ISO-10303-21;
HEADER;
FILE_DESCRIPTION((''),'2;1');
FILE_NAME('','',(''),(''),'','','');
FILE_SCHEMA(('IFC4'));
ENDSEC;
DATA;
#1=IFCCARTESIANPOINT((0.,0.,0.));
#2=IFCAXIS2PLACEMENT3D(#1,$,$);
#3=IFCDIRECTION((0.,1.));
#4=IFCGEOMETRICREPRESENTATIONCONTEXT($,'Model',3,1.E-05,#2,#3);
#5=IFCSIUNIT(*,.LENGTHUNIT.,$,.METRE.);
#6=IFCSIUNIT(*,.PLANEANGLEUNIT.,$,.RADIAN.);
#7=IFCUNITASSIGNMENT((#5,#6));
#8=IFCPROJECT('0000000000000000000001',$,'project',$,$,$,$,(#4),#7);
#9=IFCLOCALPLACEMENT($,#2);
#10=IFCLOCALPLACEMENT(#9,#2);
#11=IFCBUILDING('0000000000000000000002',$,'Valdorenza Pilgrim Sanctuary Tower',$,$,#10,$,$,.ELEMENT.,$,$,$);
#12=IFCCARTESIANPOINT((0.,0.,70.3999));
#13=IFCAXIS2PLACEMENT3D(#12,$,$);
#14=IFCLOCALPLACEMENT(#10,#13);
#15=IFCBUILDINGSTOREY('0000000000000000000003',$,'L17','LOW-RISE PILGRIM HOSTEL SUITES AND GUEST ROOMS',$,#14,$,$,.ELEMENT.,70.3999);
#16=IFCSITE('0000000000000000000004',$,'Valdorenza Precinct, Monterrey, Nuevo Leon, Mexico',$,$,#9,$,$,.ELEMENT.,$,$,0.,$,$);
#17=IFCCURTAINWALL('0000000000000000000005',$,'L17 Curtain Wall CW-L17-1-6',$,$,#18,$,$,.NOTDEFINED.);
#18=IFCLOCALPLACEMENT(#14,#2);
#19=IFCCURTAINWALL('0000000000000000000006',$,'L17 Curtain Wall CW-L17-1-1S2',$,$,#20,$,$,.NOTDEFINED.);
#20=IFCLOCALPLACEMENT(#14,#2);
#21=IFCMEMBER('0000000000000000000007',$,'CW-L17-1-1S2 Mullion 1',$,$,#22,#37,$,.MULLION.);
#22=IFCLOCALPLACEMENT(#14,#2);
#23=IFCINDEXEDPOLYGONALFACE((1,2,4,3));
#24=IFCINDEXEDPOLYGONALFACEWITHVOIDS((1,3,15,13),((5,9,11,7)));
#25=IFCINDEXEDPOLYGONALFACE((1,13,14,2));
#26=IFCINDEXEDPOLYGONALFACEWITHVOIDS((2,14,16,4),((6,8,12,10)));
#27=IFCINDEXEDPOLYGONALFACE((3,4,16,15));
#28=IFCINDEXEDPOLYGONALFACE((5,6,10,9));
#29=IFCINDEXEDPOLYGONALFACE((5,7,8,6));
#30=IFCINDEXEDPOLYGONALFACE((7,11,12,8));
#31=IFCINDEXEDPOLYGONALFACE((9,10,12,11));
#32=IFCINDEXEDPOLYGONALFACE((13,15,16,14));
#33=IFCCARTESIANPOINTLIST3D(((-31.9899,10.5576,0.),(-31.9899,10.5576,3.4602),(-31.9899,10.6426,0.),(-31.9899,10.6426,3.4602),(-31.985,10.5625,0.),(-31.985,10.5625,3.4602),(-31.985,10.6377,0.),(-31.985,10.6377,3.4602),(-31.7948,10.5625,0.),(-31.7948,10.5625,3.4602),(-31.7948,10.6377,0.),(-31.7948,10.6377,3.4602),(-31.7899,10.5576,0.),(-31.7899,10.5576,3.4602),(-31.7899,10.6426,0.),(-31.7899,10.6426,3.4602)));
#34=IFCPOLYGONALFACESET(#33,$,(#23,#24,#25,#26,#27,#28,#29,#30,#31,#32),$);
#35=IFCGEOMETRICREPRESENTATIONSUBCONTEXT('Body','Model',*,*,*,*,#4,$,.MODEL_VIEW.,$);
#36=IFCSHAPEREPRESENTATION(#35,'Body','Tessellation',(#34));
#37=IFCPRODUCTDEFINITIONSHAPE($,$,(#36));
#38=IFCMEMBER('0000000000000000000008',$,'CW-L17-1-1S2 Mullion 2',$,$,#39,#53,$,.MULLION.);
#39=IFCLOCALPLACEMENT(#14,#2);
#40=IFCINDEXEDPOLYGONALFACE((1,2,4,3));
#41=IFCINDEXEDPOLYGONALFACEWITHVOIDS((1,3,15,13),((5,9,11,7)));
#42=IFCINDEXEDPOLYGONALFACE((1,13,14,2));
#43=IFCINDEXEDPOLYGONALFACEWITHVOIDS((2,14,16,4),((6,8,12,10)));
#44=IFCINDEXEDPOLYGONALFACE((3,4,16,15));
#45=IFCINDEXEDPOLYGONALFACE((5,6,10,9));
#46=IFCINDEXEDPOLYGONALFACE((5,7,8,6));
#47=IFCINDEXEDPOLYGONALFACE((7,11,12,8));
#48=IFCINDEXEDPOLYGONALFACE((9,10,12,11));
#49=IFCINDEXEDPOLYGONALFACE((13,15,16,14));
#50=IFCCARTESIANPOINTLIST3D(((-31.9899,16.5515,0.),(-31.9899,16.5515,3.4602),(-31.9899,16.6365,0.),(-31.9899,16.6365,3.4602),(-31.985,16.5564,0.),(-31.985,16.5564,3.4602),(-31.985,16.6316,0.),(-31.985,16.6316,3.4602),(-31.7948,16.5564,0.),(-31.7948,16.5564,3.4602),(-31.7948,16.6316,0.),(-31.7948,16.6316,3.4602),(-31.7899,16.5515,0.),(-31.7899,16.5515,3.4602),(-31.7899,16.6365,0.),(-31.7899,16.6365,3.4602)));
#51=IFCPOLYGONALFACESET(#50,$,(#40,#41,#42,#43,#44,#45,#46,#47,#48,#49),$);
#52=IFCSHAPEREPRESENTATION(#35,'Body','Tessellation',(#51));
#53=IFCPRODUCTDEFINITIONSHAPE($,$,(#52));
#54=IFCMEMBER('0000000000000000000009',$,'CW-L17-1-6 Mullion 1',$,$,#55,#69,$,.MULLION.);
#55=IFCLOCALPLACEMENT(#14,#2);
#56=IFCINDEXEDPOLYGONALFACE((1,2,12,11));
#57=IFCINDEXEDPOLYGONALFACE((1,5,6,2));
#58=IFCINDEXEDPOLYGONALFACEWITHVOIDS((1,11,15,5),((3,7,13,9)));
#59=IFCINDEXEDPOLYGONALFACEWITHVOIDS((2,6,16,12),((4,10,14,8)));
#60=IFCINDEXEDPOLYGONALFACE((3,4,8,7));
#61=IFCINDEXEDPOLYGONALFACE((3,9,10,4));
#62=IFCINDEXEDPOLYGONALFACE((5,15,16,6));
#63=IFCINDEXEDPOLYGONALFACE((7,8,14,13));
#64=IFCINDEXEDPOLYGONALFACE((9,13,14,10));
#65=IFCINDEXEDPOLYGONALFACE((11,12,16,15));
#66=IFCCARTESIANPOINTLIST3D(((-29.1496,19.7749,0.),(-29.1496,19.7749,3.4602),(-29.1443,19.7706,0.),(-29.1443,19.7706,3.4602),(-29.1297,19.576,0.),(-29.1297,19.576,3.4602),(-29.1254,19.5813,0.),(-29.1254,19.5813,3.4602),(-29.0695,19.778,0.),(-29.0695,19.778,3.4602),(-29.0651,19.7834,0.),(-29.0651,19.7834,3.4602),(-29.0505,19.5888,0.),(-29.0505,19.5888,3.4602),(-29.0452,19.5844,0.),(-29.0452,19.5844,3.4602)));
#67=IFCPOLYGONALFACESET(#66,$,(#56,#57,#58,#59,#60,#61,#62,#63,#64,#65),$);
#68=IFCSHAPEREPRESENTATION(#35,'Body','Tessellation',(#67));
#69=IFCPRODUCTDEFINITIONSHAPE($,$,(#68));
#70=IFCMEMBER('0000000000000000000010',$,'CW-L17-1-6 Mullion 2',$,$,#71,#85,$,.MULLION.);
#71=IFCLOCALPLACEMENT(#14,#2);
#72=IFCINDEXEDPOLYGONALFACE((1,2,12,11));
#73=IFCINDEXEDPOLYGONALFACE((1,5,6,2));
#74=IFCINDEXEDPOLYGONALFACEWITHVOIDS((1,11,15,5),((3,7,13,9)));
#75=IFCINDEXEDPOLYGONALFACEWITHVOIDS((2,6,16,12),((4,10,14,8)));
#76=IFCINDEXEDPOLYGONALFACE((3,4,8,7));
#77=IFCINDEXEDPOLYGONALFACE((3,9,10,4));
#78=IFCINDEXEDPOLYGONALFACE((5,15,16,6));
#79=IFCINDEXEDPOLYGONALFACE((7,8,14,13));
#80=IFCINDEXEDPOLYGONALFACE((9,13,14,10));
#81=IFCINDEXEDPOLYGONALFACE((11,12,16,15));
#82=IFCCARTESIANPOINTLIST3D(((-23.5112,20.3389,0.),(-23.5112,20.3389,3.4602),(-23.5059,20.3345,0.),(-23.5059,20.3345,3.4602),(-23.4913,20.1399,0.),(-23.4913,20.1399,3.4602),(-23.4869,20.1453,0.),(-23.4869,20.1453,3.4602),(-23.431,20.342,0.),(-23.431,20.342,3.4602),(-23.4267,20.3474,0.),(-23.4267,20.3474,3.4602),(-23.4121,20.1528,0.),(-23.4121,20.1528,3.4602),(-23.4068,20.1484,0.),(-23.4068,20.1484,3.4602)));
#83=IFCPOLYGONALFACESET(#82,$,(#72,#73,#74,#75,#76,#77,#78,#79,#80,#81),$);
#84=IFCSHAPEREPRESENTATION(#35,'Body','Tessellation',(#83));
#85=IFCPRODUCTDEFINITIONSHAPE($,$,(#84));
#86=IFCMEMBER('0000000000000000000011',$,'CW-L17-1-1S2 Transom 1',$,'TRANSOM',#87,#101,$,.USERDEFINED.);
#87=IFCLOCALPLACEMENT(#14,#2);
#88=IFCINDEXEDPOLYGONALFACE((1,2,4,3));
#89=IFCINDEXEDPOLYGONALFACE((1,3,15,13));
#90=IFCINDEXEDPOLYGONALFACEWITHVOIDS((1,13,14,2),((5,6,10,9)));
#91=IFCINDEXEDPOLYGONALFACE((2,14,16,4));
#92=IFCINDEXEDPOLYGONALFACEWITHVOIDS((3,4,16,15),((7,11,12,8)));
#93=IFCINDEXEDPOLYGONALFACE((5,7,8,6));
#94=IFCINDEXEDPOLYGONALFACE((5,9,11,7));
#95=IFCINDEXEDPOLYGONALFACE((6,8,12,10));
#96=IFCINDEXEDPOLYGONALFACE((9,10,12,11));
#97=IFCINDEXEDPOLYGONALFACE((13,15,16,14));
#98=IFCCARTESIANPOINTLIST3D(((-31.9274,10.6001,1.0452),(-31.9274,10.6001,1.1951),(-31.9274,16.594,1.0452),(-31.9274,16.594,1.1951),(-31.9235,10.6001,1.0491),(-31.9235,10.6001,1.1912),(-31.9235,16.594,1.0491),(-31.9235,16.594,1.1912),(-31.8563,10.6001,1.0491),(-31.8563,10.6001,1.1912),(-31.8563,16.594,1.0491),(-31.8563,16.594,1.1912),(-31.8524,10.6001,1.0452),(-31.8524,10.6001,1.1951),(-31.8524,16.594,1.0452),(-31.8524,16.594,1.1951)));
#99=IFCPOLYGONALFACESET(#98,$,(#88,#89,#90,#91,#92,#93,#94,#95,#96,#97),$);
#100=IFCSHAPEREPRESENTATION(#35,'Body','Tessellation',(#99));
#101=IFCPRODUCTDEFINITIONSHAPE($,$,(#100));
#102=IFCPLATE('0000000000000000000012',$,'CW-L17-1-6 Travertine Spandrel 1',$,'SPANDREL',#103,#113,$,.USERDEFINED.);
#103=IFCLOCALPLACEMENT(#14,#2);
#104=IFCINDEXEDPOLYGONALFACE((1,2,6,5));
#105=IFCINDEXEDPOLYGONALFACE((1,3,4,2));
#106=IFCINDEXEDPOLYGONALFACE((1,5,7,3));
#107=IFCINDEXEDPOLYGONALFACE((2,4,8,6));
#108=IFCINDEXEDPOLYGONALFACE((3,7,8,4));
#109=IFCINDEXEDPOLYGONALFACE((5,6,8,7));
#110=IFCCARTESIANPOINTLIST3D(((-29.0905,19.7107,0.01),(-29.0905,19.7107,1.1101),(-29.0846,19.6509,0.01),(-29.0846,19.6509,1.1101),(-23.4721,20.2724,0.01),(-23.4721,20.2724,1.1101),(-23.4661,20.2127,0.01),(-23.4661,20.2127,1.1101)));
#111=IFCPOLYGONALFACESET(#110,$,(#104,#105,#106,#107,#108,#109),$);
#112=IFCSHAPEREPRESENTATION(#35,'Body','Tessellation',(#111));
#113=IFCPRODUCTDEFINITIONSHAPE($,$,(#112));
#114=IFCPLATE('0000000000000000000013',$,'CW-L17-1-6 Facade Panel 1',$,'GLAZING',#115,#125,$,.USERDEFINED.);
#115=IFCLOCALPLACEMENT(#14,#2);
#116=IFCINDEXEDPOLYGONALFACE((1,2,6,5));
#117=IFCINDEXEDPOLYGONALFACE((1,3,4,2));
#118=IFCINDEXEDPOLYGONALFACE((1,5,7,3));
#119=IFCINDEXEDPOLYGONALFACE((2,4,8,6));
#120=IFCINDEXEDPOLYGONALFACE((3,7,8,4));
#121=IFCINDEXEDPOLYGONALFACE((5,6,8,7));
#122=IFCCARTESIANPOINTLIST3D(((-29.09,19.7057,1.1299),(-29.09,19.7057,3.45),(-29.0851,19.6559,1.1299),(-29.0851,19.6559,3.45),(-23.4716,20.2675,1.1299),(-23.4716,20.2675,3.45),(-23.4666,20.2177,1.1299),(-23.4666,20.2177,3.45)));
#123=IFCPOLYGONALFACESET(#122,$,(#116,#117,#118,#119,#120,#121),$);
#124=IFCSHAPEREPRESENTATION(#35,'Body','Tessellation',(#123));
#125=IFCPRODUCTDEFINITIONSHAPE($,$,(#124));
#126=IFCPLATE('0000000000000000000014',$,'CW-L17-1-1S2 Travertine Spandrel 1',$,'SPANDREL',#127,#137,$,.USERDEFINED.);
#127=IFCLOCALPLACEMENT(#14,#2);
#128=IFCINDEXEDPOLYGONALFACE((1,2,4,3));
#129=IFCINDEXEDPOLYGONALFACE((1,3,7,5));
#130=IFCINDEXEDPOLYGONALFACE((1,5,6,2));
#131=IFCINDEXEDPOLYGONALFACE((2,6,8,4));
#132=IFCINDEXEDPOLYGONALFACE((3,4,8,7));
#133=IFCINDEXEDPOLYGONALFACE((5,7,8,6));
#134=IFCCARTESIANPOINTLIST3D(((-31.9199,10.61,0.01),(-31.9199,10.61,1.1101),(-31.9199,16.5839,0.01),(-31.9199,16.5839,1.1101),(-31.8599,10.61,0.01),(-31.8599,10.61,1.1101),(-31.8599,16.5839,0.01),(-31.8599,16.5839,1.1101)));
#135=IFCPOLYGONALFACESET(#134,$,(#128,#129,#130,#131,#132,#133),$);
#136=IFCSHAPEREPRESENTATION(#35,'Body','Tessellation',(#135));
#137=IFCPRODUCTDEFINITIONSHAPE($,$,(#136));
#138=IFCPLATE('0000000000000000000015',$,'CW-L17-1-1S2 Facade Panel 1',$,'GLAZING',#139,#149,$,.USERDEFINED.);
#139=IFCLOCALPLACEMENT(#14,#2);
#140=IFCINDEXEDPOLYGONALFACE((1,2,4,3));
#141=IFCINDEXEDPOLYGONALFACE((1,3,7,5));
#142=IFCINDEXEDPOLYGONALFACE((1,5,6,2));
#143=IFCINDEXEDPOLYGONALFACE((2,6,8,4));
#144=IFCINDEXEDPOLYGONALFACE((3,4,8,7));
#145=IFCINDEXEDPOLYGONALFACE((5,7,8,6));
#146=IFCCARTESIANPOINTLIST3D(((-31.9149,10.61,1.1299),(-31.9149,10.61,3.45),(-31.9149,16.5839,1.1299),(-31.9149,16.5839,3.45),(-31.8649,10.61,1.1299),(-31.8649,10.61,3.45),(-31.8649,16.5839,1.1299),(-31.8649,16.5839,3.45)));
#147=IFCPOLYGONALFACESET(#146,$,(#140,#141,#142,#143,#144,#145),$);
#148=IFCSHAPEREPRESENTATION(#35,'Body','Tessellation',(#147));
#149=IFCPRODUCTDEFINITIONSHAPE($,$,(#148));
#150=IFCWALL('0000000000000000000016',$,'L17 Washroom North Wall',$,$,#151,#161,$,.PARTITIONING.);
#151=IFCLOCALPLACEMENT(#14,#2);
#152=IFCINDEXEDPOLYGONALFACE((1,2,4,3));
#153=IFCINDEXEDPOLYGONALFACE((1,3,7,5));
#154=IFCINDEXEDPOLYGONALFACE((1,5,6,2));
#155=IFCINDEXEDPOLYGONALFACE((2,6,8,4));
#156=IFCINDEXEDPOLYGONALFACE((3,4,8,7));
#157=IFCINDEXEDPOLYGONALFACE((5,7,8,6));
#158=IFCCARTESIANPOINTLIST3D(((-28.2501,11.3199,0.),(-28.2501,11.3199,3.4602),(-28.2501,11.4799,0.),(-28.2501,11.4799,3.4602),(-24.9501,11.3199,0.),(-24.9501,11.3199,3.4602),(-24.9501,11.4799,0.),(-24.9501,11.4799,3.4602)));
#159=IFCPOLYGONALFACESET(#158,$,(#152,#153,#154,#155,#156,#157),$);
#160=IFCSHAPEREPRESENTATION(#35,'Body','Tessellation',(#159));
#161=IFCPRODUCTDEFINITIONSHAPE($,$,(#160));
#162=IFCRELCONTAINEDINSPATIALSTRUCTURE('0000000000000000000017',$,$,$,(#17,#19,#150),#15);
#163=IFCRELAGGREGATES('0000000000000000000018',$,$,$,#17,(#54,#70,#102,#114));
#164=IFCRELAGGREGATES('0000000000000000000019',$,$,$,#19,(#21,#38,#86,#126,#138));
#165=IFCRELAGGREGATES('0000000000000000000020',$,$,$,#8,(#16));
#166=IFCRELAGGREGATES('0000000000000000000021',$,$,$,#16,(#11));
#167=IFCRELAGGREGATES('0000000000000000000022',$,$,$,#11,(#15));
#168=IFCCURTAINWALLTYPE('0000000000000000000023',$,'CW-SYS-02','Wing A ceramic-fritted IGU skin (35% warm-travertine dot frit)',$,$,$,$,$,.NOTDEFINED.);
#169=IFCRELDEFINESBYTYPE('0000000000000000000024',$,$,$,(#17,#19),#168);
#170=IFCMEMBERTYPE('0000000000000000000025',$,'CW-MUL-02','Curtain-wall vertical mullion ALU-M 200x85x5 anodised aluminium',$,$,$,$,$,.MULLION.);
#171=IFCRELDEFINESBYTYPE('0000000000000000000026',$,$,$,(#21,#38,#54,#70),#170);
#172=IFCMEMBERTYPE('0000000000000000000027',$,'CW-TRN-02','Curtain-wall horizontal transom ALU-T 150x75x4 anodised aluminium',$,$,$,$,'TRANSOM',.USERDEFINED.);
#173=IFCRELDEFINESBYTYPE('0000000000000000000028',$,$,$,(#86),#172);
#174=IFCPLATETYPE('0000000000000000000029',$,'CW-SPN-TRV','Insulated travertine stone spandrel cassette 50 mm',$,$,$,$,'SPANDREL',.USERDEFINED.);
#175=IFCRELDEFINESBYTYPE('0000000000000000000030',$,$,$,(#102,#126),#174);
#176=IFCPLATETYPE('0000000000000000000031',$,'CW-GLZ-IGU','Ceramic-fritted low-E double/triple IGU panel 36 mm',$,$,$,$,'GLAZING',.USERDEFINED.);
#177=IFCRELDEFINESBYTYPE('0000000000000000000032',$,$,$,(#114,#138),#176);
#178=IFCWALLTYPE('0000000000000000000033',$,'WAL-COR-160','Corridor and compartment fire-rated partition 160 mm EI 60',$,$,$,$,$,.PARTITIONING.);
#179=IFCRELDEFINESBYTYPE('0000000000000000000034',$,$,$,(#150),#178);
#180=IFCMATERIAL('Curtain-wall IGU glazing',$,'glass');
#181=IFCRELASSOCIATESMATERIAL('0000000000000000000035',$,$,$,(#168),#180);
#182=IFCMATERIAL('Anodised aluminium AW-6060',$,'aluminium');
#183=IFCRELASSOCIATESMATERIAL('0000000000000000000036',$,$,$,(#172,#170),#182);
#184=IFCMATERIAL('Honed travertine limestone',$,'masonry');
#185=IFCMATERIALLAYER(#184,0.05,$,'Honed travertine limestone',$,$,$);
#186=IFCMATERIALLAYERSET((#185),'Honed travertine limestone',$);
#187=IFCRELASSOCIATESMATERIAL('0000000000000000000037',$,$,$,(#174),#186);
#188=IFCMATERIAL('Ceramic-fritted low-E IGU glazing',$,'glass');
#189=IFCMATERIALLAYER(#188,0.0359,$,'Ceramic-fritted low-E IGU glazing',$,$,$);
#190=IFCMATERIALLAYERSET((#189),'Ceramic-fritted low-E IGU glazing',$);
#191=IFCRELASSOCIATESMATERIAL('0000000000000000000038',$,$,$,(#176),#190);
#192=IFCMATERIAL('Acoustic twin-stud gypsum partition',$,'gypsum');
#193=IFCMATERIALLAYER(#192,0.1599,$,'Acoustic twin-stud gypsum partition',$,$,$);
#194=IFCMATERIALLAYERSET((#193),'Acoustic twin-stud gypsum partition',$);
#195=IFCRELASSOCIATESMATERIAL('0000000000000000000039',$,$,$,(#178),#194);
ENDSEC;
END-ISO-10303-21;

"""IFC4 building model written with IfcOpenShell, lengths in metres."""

from ifc_helpers import new_model, si_unit, direction, frame, frame_2d, origin, origin_2d, place, context, subcontext, project, spatial, rectangle, hollow_rectangle, extrude, source, transform, mapped, material, layer, layer_set, material_profile, profile_set, type_object, element, aggregate, save


model = new_model("IFC4")

# Units and contexts
model_context = context("Model", 3, precision=1e-05, world=origin(), true_north=direction((0.0, 1.0)))
body_context = subcontext(model_context, "Body", "Model", "MODEL_VIEW")
ifc_project = project(units=[si_unit("LENGTHUNIT", "METRE"), si_unit("PLANEANGLEUNIT", "RADIAN")], contexts=[model_context])

# Site, building, storey
site_placement = place(None, origin())
site = spatial("IfcSite", under=ifc_project, at=site_placement, Name="Valdorenza Precinct, Monterrey, Nuevo Leon, Mexico", CompositionType="ELEMENT", RefElevation=0.0)
building_placement = place(site_placement, origin())
building = spatial("IfcBuilding", under=site, at=building_placement, Name="Valdorenza Pilgrim Sanctuary Tower", CompositionType="ELEMENT")
storey_placement = place(building_placement, frame((0.0, 0.0, 70.3999)))
storey = spatial("IfcBuildingStorey", under=building, at=storey_placement, Name="L17", Description="LOW-RISE PILGRIM HOSTEL SUITES AND GUEST ROOMS", CompositionType="ELEMENT", Elevation=70.3999)

# Curtain wall
ifc_material_1 = material(Name="Curtain-wall IGU glazing", Category="glass")
curtain_wall_type = type_object("IfcCurtainWallType", Name="CW-SYS-02", Description="Wing A ceramic-fritted IGU skin (35% warm-travertine dot frit)", PredefinedType="NOTDEFINED", material=ifc_material_1)
curtain_wall_1_placement = place(storey_placement, origin())
curtain_wall_1 = element("IfcCurtainWall", 1, at=curtain_wall_1_placement, inside=storey, type_object=curtain_wall_type, Name="L17 Curtain Wall CW-L17-1-6", PredefinedType="NOTDEFINED")
ifc_material_2 = material(Name="Anodised aluminium AW-6060", Category="aluminium")
ifc_material_profile_1 = material_profile(ifc_material_2, hollow_rectangle(XDim=0.075, YDim=0.1499, WallThickness=0.0039, at=origin_2d()), Name="ALU-T 150x75x4")
ifc_profile_set_1 = profile_set([ifc_material_profile_1], Name="Anodised aluminium AW-6060")
member_type_1 = type_object("IfcMemberType", Name="CW-TRN-02", Description="Curtain-wall horizontal transom ALU-T 150x75x4 anodised aluminium", ElementType="TRANSOM", PredefinedType="USERDEFINED", material=ifc_profile_set_1)

# Curtain wall, members
curtain_wall_2_placement = place(storey_placement, origin())
curtain_wall_2 = element("IfcCurtainWall", 2, at=curtain_wall_2_placement, inside=storey, type_object=curtain_wall_type, Name="L17 Curtain Wall CW-L17-1-1S2", PredefinedType="NOTDEFINED")
ifc_material_profile_2 = material_profile(ifc_material_2, hollow_rectangle(XDim=0.085, YDim=0.2, WallThickness=0.0049, at=origin_2d()), Name="ALU-M 200x85x5")
ifc_profile_set_2 = profile_set([ifc_material_profile_2], Name="Anodised aluminium AW-6060")
member_type_2 = type_object("IfcMemberType", Name="CW-MUL-02", Description="Curtain-wall vertical mullion ALU-M 200x85x5 anodised aluminium", PredefinedType="MULLION", material=ifc_profile_set_2)
shared_shape_1 = source(origin(), body_context, "Body", "SweptSolid", [
    extrude(hollow_rectangle(XDim=0.085, YDim=0.2, WallThickness=0.0049, at=origin_2d()), origin(), (0.0, 0.0, 1.0), 3.4602),
])
member_1_placement = place(storey_placement, frame((-31.8899, 10.6001, 0.0), z_axis=(0.0, 0.0, 1.0), x_axis=(0.0, 1.0, 0.0)))
member_1 = element("IfcMember", 3, at=member_1_placement, type_object=member_type_2, Name="CW-L17-1-1S2 Mullion 1", PredefinedType="MULLION", context=body_context, shape_type="MappedRepresentation", body=[
    mapped(shared_shape_1, transform((0.0, 0.0, 0.0), x_axis=(1.0, 0.0, 0.0), y_axis=(0.0, 1.0, 0.0), z_axis=(0.0, 0.0, 1.0), scale=1.0)),
])
member_2_placement = place(storey_placement, frame((-31.8899, 16.594, 0.0), z_axis=(0.0, 0.0, 1.0), x_axis=(0.0, 1.0, 0.0)))
member_2 = element("IfcMember", 4, at=member_2_placement, type_object=member_type_2, Name="CW-L17-1-1S2 Mullion 2", PredefinedType="MULLION", context=body_context, shape_type="MappedRepresentation", body=[
    mapped(shared_shape_1, transform((0.0, 0.0, 0.0), x_axis=(1.0, 0.0, 0.0), y_axis=(0.0, 1.0, 0.0), z_axis=(0.0, 0.0, 1.0), scale=1.0)),
])

# Members
member_3_placement = place(storey_placement, frame((-29.0974, 19.6797, 0.0), z_axis=(0.0, 0.0, 1.0), x_axis=(0.995038, 0.099493, 0.0)))
member_3 = element("IfcMember", 5, at=member_3_placement, type_object=member_type_2, Name="CW-L17-1-6 Mullion 1", PredefinedType="MULLION", context=body_context, shape_type="MappedRepresentation", body=[
    mapped(shared_shape_1, transform((0.0, 0.0, 0.0), x_axis=(1.0, 0.0, 0.0), y_axis=(0.0, 1.0, 0.0), z_axis=(0.0, 0.0, 1.0), scale=1.0)),
])
member_4_placement = place(storey_placement, frame((-23.459, 20.2437, 0.0), z_axis=(0.0, 0.0, 1.0), x_axis=(0.995038, 0.099493, 0.0)))
member_4 = element("IfcMember", 6, at=member_4_placement, type_object=member_type_2, Name="CW-L17-1-6 Mullion 2", PredefinedType="MULLION", context=body_context, shape_type="MappedRepresentation", body=[
    mapped(shared_shape_1, transform((0.0, 0.0, 0.0), x_axis=(1.0, 0.0, 0.0), y_axis=(0.0, 1.0, 0.0), z_axis=(0.0, 0.0, 1.0), scale=1.0)),
])
shared_shape_2 = source(origin(), body_context, "Body", "SweptSolid", [
    extrude(hollow_rectangle(XDim=0.075, YDim=0.1499, WallThickness=0.0039, at=origin_2d()), origin(), (0.0, 0.0, 1.0), 5.9939),
])
member_5_placement = place(storey_placement, frame((-31.8899, 10.6001, 1.1201), z_axis=(0.0, 1.0, 0.0), x_axis=(-1.0, 0.0, 0.0)))
member_5 = element("IfcMember", 7, at=member_5_placement, type_object=member_type_1, Name="CW-L17-1-1S2 Transom 1", ObjectType="TRANSOM", PredefinedType="USERDEFINED", context=body_context, shape_type="MappedRepresentation", body=[
    mapped(shared_shape_2, transform((0.0, 0.0, 0.0), x_axis=(1.0, 0.0, 0.0), y_axis=(0.0, 1.0, 0.0), z_axis=(0.0, 0.0, 1.0), scale=1.0)),
])

# Plates
ifc_material_3 = material(Name="Honed travertine limestone", Category="masonry")
ifc_layer_1 = layer(ifc_material_3, 0.05, Name="Honed travertine limestone")
ifc_layer_set_1 = layer_set([ifc_layer_1], Name="Honed travertine limestone")
plate_type_1 = type_object("IfcPlateType", Name="CW-SPN-TRV", Description="Insulated travertine stone spandrel cassette 50 mm", ElementType="SPANDREL", PredefinedType="USERDEFINED", material=ifc_layer_set_1)
shared_shape_3 = source(origin(), body_context, "Body", "SweptSolid", [
    extrude(rectangle(XDim=5.6465, YDim=0.0601, at=origin_2d()), origin(), (0.0, 0.0, 1.0), 1.1001),
])
plate_1_placement = place(storey_placement, frame((-26.2783, 19.9617, 0.01), z_axis=(0.0, 0.0, 1.0), x_axis=(0.995038, 0.099493, 0.0)))
plate_1 = element("IfcPlate", 8, at=plate_1_placement, type_object=plate_type_1, Name="CW-L17-1-6 Travertine Spandrel 1", ObjectType="SPANDREL", PredefinedType="USERDEFINED", context=body_context, shape_type="MappedRepresentation", body=[
    mapped(shared_shape_3, transform((0.0, 0.0, 0.0), x_axis=(1.0, 0.0, 0.0), y_axis=(0.0, 1.0, 0.0), z_axis=(0.0, 0.0, 1.0), scale=1.0)),
])
ifc_material_4 = material(Name="Ceramic-fritted low-E IGU glazing", Category="glass")
ifc_layer_2 = layer(ifc_material_4, 0.0359, Name="Ceramic-fritted low-E IGU glazing")
ifc_layer_set_2 = layer_set([ifc_layer_2], Name="Ceramic-fritted low-E IGU glazing")
plate_type_2 = type_object("IfcPlateType", Name="CW-GLZ-IGU", Description="Ceramic-fritted low-E double/triple IGU panel 36 mm", ElementType="GLAZING", PredefinedType="USERDEFINED", material=ifc_layer_set_2)
shared_shape_4 = source(origin(), body_context, "Body", "SweptSolid", [
    extrude(rectangle(XDim=5.6465, YDim=0.05, at=origin_2d()), origin(), (0.0, 0.0, 1.0), 2.3201),
])
plate_2_placement = place(storey_placement, frame((-26.2783, 19.9617, 1.1299), z_axis=(0.0, 0.0, 1.0), x_axis=(0.995038, 0.099493, 0.0)))
plate_2 = element("IfcPlate", 9, at=plate_2_placement, type_object=plate_type_2, Name="CW-L17-1-6 Facade Panel 1", ObjectType="GLAZING", PredefinedType="USERDEFINED", context=body_context, shape_type="MappedRepresentation", body=[
    mapped(shared_shape_4, transform((0.0, 0.0, 0.0), x_axis=(1.0, 0.0, 0.0), y_axis=(0.0, 1.0, 0.0), z_axis=(0.0, 0.0, 1.0), scale=1.0)),
])
aggregate(curtain_wall_1, [member_3, member_4, plate_1, plate_2])
shared_shape_5 = source(origin(), body_context, "Body", "SweptSolid", [
    extrude(rectangle(XDim=5.9739, YDim=0.0601, at=origin_2d()), origin(), (0.0, 0.0, 1.0), 1.1001),
])
plate_3_placement = place(storey_placement, frame((-31.8899, 13.5969, 0.01), z_axis=(0.0, 0.0, 1.0), x_axis=(0.0, 1.0, 0.0)))
plate_3 = element("IfcPlate", 10, at=plate_3_placement, type_object=plate_type_1, Name="CW-L17-1-1S2 Travertine Spandrel 1", ObjectType="SPANDREL", PredefinedType="USERDEFINED", context=body_context, shape_type="MappedRepresentation", body=[
    mapped(shared_shape_5, transform((0.0, 0.0, 0.0), x_axis=(1.0, 0.0, 0.0), y_axis=(0.0, 1.0, 0.0), z_axis=(0.0, 0.0, 1.0), scale=1.0)),
])
shared_shape_6 = source(origin(), body_context, "Body", "SweptSolid", [
    extrude(rectangle(XDim=5.9739, YDim=0.05, at=origin_2d()), origin(), (0.0, 0.0, 1.0), 2.3201),
])
plate_4_placement = place(storey_placement, frame((-31.8899, 13.5969, 1.1299), z_axis=(0.0, 0.0, 1.0), x_axis=(0.0, 1.0, 0.0)))
plate_4 = element("IfcPlate", 11, at=plate_4_placement, type_object=plate_type_2, Name="CW-L17-1-1S2 Facade Panel 1", ObjectType="GLAZING", PredefinedType="USERDEFINED", context=body_context, shape_type="MappedRepresentation", body=[
    mapped(shared_shape_6, transform((0.0, 0.0, 0.0), x_axis=(1.0, 0.0, 0.0), y_axis=(0.0, 1.0, 0.0), z_axis=(0.0, 0.0, 1.0), scale=1.0)),
])
aggregate(curtain_wall_2, [member_1, member_2, member_5, plate_3, plate_4])

# Wall
ifc_material_5 = material(Name="Acoustic twin-stud gypsum partition", Category="gypsum")
ifc_layer_3 = layer(ifc_material_5, 0.1599, Name="Acoustic twin-stud gypsum partition")
ifc_layer_set_3 = layer_set([ifc_layer_3], Name="Acoustic twin-stud gypsum partition")
wall_type_1 = type_object("IfcWallType", Name="WAL-COR-160", Description="Corridor and compartment fire-rated partition 160 mm EI 60", PredefinedType="PARTITIONING", material=ifc_layer_set_3)
wall_1_placement = place(storey_placement, frame((-28.25, 11.3999, 0.0), z_axis=(0.0, 0.0, 1.0), x_axis=(1.0, 0.0, 0.0)))
element("IfcWall", 12, at=wall_1_placement, inside=storey, type_object=wall_type_1, Name="L17 Washroom North Wall", PredefinedType="PARTITIONING", context=body_context, shape_type="SweptSolid", body=[
    extrude(rectangle(XDim=3.3, YDim=0.1599, at=frame_2d((1.6499, 0.0))), origin(), (0.0, 0.0, 1.0), 3.4602),
])

save(model, "model.ifc")
